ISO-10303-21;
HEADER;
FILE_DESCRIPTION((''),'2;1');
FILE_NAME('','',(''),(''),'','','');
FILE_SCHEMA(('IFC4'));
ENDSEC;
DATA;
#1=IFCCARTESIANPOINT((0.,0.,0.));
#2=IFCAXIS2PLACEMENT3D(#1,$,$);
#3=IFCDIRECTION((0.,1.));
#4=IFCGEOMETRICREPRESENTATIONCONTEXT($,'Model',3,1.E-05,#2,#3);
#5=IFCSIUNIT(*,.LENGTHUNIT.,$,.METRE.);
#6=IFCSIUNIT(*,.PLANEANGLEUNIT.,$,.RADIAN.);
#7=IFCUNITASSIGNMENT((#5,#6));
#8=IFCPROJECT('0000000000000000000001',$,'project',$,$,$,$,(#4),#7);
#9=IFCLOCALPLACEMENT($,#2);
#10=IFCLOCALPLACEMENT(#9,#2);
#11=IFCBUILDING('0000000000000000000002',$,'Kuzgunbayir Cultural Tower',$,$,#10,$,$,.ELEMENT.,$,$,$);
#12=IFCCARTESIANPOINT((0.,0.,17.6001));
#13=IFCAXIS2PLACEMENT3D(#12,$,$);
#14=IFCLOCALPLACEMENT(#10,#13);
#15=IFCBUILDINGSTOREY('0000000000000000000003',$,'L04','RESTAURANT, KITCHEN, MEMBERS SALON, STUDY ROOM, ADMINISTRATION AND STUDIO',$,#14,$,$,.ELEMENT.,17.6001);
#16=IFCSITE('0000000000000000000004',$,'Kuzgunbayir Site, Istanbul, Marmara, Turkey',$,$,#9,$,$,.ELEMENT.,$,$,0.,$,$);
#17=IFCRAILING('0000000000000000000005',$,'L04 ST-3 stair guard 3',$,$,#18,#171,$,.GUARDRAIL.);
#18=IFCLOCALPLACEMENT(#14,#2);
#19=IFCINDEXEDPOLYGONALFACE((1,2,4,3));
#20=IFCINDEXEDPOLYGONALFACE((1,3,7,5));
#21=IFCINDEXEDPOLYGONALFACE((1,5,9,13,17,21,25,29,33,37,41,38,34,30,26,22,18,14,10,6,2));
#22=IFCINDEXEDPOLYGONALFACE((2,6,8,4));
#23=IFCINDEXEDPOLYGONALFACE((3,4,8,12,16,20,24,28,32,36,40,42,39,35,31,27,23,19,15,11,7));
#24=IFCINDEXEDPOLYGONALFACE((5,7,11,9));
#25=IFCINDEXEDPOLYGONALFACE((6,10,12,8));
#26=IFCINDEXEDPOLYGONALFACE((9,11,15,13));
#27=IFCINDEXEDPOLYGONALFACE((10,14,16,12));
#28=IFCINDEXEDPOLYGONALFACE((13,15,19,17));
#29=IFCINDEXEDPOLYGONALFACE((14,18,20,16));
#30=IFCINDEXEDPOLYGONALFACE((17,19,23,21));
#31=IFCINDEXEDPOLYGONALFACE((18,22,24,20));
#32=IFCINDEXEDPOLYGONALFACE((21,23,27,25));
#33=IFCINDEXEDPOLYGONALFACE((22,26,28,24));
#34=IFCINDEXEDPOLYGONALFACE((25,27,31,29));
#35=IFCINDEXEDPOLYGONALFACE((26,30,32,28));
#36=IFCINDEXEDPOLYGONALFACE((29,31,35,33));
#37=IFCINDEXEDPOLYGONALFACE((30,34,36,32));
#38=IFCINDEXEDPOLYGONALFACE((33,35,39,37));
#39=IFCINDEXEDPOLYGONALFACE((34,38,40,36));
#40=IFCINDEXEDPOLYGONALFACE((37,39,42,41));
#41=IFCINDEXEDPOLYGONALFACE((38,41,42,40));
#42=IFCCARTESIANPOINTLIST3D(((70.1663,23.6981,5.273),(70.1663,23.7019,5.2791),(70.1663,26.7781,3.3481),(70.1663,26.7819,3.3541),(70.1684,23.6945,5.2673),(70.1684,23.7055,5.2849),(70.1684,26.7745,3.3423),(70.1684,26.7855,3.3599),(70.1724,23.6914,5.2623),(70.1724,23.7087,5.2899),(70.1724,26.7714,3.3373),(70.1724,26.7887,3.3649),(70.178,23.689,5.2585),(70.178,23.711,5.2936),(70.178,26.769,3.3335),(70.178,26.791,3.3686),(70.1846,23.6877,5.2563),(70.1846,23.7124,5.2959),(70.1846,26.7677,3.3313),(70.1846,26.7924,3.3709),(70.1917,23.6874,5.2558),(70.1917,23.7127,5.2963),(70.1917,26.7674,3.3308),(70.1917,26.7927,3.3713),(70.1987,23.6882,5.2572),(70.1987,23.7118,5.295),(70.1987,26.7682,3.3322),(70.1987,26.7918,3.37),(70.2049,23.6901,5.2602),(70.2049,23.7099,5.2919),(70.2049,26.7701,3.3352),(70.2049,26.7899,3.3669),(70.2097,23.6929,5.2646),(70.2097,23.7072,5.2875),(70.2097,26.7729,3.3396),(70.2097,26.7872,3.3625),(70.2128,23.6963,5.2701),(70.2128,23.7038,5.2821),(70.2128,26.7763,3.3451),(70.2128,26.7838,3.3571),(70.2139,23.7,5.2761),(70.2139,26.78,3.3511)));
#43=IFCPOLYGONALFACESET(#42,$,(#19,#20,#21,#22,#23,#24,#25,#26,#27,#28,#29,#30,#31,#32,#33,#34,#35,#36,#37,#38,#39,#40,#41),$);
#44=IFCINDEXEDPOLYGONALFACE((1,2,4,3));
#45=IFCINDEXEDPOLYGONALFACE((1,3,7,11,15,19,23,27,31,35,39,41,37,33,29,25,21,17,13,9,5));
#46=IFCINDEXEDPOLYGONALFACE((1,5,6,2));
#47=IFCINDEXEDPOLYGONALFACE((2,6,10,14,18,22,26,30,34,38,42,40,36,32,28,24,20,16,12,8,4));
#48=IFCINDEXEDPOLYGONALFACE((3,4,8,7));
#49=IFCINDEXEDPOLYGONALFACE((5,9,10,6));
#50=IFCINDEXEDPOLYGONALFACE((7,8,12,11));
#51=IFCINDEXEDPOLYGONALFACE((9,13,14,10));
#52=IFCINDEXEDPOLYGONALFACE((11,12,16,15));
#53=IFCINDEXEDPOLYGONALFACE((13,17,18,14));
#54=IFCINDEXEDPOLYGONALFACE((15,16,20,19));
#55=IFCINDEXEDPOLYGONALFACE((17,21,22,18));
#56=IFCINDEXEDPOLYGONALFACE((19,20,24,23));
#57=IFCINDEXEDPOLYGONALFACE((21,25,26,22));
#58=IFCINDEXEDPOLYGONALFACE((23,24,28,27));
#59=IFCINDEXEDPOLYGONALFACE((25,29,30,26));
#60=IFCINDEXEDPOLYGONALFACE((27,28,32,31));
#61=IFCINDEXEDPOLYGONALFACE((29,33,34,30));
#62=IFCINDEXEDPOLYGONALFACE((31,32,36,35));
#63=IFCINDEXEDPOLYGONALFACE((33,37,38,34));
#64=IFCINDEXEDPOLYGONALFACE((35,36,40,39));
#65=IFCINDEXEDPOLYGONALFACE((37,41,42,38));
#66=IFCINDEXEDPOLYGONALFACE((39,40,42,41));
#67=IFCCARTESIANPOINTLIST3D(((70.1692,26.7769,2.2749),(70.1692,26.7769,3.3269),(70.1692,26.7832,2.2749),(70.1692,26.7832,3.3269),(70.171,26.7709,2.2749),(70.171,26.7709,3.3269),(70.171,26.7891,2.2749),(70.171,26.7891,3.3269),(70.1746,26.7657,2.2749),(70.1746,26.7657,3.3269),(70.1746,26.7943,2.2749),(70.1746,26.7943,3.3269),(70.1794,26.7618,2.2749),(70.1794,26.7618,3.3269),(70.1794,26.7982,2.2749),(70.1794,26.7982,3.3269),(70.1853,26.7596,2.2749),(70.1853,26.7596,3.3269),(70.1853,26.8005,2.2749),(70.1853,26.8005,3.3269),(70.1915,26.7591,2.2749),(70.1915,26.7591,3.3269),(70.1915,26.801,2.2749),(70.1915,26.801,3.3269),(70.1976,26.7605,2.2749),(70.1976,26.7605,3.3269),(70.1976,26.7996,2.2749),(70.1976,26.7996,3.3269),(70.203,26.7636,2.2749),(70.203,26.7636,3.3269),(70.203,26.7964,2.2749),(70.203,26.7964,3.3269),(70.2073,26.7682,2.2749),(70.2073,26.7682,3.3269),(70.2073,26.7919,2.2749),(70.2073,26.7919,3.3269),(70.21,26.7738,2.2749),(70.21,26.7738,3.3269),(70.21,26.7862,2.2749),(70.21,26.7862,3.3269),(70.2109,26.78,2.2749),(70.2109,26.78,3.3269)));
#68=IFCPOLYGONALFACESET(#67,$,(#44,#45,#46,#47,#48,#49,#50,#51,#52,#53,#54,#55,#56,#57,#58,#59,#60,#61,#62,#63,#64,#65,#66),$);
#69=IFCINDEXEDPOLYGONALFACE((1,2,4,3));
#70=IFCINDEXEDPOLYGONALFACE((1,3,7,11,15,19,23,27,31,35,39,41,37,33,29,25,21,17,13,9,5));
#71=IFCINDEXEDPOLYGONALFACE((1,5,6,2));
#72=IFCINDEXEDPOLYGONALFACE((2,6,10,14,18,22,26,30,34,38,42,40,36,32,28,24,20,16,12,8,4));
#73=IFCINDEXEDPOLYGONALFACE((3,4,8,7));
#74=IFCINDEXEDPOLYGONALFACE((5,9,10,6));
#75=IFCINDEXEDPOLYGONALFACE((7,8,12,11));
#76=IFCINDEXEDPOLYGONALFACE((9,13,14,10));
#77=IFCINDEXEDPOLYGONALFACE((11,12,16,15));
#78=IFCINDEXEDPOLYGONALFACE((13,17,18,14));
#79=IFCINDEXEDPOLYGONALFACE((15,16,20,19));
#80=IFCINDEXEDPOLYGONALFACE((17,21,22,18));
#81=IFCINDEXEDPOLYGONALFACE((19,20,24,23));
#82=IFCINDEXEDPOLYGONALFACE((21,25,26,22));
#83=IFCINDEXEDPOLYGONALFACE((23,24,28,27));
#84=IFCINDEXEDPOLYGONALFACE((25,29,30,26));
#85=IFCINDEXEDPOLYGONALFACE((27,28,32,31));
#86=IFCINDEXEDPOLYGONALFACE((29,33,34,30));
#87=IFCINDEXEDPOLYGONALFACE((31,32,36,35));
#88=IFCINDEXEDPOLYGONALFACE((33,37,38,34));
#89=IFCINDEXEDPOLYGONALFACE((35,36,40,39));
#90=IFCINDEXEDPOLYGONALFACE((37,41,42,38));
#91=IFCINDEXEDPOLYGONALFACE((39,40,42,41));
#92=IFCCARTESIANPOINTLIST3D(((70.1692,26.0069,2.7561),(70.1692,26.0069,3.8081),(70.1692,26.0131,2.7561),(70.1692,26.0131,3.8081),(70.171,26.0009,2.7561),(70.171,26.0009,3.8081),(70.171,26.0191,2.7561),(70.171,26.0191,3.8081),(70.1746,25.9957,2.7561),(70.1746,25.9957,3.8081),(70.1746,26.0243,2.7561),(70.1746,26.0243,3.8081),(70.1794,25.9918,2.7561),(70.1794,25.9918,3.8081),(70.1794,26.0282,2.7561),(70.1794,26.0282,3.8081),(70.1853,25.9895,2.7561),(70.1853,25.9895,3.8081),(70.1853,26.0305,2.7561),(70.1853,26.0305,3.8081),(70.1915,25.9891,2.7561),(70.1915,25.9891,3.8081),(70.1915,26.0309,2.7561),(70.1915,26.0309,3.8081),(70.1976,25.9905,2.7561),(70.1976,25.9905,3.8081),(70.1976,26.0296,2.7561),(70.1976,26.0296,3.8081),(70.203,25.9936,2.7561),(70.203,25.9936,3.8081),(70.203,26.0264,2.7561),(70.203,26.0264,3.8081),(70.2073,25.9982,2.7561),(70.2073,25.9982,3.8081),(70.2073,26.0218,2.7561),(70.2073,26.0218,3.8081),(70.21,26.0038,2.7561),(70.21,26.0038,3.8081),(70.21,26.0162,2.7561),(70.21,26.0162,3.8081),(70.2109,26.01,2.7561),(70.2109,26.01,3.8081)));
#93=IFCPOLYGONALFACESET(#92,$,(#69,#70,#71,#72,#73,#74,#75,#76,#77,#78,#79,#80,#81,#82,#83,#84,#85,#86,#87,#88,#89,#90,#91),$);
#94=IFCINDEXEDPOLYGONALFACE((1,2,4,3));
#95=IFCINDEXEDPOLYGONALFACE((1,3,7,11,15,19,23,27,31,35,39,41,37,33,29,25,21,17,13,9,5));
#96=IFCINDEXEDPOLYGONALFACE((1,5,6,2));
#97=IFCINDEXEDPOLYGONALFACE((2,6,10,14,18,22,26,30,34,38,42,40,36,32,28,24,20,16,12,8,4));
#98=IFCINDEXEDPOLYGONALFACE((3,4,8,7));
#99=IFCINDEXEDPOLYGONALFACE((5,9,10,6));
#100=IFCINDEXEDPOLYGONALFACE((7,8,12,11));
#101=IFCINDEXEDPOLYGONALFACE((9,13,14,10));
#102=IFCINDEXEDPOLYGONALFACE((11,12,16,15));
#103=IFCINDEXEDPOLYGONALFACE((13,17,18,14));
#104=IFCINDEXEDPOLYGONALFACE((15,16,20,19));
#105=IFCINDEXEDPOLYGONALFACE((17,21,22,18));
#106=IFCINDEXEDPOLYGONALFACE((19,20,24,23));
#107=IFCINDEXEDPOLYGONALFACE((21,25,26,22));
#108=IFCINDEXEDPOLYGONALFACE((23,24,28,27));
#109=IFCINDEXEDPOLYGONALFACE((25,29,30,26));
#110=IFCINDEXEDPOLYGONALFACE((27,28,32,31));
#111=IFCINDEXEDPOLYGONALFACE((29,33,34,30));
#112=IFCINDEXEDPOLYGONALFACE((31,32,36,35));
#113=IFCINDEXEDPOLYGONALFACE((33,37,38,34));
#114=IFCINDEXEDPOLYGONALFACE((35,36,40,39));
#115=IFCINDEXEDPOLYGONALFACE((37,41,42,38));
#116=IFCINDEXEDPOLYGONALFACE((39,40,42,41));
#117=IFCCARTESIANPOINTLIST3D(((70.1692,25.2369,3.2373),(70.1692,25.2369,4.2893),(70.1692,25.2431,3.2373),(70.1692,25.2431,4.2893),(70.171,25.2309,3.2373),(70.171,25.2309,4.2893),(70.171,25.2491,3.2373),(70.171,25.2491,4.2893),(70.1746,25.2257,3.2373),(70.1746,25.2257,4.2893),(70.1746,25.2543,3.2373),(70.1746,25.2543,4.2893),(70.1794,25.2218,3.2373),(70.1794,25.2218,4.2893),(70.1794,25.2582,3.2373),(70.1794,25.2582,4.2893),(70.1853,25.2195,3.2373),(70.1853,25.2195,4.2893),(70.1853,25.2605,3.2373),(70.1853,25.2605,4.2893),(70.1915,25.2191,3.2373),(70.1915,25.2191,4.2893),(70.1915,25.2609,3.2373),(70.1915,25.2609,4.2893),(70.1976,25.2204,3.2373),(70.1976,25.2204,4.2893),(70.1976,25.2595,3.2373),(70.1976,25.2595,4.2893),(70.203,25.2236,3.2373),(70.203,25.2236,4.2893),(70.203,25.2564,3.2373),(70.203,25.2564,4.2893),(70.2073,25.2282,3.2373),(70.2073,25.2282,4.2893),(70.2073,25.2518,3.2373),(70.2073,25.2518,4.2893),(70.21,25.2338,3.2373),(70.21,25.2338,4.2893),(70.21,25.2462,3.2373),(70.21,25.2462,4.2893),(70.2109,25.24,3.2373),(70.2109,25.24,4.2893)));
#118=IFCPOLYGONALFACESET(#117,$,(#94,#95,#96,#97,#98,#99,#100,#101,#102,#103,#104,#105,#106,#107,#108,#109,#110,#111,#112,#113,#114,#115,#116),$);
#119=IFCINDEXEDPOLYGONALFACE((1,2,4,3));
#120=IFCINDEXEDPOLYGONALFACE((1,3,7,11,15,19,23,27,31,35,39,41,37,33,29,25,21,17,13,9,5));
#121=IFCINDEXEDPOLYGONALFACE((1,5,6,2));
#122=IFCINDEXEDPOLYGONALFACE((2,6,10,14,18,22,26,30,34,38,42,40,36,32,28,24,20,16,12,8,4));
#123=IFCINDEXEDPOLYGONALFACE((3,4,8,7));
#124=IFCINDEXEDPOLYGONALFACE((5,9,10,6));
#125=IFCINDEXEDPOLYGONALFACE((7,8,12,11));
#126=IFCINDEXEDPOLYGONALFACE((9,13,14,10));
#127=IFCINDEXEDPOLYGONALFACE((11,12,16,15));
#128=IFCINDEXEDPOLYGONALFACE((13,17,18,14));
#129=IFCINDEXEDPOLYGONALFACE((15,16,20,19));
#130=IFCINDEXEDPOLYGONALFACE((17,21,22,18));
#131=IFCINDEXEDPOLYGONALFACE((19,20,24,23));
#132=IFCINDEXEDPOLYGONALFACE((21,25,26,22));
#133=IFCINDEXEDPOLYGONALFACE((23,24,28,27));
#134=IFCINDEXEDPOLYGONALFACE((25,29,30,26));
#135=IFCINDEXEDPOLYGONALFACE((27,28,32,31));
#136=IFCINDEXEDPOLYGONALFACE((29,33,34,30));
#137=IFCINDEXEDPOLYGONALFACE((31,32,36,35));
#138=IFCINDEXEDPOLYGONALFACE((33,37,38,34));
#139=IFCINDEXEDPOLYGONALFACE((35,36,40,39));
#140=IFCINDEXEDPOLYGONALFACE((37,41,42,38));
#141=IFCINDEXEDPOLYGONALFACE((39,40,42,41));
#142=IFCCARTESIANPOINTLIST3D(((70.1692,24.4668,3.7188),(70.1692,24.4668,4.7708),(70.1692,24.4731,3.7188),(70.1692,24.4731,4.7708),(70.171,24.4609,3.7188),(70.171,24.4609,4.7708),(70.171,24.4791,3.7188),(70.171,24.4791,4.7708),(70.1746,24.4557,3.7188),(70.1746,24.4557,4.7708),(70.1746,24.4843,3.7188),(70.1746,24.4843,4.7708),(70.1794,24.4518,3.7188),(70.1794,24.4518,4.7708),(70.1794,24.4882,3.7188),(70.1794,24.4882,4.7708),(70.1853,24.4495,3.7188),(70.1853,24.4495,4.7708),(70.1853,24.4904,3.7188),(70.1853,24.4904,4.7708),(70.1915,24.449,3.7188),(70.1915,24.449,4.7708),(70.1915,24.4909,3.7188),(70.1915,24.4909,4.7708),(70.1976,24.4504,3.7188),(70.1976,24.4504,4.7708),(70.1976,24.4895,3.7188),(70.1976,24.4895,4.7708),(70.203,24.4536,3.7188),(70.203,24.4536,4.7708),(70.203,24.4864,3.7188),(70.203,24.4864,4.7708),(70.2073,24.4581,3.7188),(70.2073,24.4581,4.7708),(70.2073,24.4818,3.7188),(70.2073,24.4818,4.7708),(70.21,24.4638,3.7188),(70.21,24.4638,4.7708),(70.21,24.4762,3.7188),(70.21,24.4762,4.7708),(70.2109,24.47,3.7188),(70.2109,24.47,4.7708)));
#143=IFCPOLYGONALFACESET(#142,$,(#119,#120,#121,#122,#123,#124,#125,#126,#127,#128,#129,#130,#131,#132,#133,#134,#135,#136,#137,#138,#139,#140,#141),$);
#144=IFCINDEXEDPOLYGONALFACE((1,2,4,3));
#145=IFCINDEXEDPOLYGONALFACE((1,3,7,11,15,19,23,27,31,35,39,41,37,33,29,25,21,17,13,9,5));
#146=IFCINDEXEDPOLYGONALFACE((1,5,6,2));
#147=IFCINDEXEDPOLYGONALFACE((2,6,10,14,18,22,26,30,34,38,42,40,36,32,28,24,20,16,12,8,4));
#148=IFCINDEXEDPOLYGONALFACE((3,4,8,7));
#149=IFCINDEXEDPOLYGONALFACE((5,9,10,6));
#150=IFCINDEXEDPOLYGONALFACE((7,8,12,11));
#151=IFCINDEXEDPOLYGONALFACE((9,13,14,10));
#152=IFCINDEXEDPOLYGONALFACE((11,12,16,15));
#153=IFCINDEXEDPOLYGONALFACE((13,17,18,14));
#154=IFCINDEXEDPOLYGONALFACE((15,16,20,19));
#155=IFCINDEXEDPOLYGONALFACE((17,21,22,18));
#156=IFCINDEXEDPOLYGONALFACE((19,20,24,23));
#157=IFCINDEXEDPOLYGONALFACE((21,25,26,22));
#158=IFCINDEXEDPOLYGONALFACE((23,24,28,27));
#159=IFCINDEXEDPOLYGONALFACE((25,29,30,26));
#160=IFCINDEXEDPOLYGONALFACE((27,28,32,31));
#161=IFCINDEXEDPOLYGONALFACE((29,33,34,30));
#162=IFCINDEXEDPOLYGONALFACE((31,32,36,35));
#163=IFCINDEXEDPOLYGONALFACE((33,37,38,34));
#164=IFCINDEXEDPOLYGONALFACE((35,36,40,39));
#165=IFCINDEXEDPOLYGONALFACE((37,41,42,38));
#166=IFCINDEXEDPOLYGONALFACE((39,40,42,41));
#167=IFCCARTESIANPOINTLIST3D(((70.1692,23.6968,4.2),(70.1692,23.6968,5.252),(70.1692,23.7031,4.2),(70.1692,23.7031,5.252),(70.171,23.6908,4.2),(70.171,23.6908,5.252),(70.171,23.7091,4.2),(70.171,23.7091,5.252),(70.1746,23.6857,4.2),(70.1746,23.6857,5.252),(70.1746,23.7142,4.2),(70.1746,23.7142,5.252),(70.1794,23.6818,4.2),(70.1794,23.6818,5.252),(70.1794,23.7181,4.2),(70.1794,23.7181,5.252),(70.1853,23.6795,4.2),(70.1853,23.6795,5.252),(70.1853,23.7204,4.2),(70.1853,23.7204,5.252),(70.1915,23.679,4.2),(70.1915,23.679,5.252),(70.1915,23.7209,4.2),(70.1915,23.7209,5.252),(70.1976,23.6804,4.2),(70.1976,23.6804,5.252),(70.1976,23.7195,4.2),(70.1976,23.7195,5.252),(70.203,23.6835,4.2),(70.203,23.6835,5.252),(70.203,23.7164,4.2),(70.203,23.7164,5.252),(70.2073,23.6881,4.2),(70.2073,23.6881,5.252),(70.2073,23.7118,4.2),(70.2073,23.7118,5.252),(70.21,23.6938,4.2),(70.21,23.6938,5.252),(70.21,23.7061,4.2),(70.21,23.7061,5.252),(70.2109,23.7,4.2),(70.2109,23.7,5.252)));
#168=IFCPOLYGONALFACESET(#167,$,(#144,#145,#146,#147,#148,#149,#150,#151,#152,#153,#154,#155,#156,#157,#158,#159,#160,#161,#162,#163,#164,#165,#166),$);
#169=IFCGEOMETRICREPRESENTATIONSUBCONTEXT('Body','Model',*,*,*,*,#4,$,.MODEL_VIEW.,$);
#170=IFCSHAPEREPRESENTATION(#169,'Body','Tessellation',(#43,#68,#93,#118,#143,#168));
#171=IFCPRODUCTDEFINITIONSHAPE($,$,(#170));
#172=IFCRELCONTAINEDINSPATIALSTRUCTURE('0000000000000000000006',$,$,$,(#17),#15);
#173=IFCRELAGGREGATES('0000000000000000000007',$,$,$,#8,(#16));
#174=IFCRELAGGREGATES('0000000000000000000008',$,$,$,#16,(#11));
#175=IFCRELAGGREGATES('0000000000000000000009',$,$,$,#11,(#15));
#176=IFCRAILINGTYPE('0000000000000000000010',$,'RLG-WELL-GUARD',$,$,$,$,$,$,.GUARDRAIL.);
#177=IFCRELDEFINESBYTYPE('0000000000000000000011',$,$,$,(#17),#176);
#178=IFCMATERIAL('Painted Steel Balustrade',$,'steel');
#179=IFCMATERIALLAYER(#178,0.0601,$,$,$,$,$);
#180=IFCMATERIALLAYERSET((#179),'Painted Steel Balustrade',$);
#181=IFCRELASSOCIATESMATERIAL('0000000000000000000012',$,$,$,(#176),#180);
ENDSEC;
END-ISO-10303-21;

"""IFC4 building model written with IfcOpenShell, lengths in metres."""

from ifc_helpers import new_model, si_unit, direction, frame, origin, origin_2d, place, context, subcontext, project, spatial, circle, extrude, material, layer, layer_set, type_object, element, save


model = new_model("IFC4")

# Units and contexts
model_context = context("Model", 3, precision=1e-05, world=origin(), true_north=direction((0.0, 1.0)))
body_context = subcontext(model_context, "Body", "Model", "MODEL_VIEW")
ifc_project = project(units=[si_unit("LENGTHUNIT", "METRE"), si_unit("PLANEANGLEUNIT", "RADIAN")], contexts=[model_context])

# Site, building, storey
site_placement = place(None, origin())
site = spatial("IfcSite", under=ifc_project, at=site_placement, Name="Kuzgunbayir Site, Istanbul, Marmara, Turkey", CompositionType="ELEMENT", RefElevation=0.0)
building_placement = place(site_placement, origin())
building = spatial("IfcBuilding", under=site, at=building_placement, Name="Kuzgunbayir Cultural Tower", CompositionType="ELEMENT")
storey_placement = place(building_placement, frame((0.0, 0.0, 17.6001)))
storey = spatial("IfcBuildingStorey", under=building, at=storey_placement, Name="L04", Description="RESTAURANT, KITCHEN, MEMBERS SALON, STUDY ROOM, ADMINISTRATION AND STUDIO", CompositionType="ELEMENT", Elevation=17.6001)

# Railing
ifc_material_1 = material(Name="Painted Steel Balustrade", Category="steel")
ifc_layer_1 = layer(ifc_material_1, 0.0601)
ifc_layer_set_1 = layer_set([ifc_layer_1], Name="Painted Steel Balustrade")
railing_type_1 = type_object("IfcRailingType", Name="RLG-WELL-GUARD", PredefinedType="GUARDRAIL", material=ifc_layer_set_1)
railing_1_placement = place(storey_placement, frame((70.1899, 26.78, 2.2749)))
element("IfcRailing", 1, at=railing_1_placement, inside=storey, type_object=railing_type_1, Name="L04 ST-3 stair guard 3", PredefinedType="GUARDRAIL", context=body_context, shape_type="SweptSolid", body=[
    extrude(circle(Radius=0.0239, at=origin_2d()), frame((0.0, 0.0, 1.0762), z_axis=(0.0, -0.847998, 0.529999), x_axis=(1.0, 0.0, 0.0)), (0.0, 0.0, 1.0), 3.6321),
    extrude(circle(Radius=0.021, at=origin_2d()), origin(), (0.0, 0.0, 1.0), 1.052),
    extrude(circle(Radius=0.021, at=origin_2d()), frame((0.0, -0.77, 0.4812)), (0.0, 0.0, 1.0), 1.052),
    extrude(circle(Radius=0.021, at=origin_2d()), frame((0.0, -1.54, 0.9624)), (0.0, 0.0, 1.0), 1.052),
    extrude(circle(Radius=0.021, at=origin_2d()), frame((0.0, -2.3101, 1.4438)), (0.0, 0.0, 1.0), 1.052),
    extrude(circle(Radius=0.021, at=origin_2d()), frame((0.0, -3.0801, 1.925)), (0.0, 0.0, 1.0), 1.052),
])

save(model, "model.ifc")
